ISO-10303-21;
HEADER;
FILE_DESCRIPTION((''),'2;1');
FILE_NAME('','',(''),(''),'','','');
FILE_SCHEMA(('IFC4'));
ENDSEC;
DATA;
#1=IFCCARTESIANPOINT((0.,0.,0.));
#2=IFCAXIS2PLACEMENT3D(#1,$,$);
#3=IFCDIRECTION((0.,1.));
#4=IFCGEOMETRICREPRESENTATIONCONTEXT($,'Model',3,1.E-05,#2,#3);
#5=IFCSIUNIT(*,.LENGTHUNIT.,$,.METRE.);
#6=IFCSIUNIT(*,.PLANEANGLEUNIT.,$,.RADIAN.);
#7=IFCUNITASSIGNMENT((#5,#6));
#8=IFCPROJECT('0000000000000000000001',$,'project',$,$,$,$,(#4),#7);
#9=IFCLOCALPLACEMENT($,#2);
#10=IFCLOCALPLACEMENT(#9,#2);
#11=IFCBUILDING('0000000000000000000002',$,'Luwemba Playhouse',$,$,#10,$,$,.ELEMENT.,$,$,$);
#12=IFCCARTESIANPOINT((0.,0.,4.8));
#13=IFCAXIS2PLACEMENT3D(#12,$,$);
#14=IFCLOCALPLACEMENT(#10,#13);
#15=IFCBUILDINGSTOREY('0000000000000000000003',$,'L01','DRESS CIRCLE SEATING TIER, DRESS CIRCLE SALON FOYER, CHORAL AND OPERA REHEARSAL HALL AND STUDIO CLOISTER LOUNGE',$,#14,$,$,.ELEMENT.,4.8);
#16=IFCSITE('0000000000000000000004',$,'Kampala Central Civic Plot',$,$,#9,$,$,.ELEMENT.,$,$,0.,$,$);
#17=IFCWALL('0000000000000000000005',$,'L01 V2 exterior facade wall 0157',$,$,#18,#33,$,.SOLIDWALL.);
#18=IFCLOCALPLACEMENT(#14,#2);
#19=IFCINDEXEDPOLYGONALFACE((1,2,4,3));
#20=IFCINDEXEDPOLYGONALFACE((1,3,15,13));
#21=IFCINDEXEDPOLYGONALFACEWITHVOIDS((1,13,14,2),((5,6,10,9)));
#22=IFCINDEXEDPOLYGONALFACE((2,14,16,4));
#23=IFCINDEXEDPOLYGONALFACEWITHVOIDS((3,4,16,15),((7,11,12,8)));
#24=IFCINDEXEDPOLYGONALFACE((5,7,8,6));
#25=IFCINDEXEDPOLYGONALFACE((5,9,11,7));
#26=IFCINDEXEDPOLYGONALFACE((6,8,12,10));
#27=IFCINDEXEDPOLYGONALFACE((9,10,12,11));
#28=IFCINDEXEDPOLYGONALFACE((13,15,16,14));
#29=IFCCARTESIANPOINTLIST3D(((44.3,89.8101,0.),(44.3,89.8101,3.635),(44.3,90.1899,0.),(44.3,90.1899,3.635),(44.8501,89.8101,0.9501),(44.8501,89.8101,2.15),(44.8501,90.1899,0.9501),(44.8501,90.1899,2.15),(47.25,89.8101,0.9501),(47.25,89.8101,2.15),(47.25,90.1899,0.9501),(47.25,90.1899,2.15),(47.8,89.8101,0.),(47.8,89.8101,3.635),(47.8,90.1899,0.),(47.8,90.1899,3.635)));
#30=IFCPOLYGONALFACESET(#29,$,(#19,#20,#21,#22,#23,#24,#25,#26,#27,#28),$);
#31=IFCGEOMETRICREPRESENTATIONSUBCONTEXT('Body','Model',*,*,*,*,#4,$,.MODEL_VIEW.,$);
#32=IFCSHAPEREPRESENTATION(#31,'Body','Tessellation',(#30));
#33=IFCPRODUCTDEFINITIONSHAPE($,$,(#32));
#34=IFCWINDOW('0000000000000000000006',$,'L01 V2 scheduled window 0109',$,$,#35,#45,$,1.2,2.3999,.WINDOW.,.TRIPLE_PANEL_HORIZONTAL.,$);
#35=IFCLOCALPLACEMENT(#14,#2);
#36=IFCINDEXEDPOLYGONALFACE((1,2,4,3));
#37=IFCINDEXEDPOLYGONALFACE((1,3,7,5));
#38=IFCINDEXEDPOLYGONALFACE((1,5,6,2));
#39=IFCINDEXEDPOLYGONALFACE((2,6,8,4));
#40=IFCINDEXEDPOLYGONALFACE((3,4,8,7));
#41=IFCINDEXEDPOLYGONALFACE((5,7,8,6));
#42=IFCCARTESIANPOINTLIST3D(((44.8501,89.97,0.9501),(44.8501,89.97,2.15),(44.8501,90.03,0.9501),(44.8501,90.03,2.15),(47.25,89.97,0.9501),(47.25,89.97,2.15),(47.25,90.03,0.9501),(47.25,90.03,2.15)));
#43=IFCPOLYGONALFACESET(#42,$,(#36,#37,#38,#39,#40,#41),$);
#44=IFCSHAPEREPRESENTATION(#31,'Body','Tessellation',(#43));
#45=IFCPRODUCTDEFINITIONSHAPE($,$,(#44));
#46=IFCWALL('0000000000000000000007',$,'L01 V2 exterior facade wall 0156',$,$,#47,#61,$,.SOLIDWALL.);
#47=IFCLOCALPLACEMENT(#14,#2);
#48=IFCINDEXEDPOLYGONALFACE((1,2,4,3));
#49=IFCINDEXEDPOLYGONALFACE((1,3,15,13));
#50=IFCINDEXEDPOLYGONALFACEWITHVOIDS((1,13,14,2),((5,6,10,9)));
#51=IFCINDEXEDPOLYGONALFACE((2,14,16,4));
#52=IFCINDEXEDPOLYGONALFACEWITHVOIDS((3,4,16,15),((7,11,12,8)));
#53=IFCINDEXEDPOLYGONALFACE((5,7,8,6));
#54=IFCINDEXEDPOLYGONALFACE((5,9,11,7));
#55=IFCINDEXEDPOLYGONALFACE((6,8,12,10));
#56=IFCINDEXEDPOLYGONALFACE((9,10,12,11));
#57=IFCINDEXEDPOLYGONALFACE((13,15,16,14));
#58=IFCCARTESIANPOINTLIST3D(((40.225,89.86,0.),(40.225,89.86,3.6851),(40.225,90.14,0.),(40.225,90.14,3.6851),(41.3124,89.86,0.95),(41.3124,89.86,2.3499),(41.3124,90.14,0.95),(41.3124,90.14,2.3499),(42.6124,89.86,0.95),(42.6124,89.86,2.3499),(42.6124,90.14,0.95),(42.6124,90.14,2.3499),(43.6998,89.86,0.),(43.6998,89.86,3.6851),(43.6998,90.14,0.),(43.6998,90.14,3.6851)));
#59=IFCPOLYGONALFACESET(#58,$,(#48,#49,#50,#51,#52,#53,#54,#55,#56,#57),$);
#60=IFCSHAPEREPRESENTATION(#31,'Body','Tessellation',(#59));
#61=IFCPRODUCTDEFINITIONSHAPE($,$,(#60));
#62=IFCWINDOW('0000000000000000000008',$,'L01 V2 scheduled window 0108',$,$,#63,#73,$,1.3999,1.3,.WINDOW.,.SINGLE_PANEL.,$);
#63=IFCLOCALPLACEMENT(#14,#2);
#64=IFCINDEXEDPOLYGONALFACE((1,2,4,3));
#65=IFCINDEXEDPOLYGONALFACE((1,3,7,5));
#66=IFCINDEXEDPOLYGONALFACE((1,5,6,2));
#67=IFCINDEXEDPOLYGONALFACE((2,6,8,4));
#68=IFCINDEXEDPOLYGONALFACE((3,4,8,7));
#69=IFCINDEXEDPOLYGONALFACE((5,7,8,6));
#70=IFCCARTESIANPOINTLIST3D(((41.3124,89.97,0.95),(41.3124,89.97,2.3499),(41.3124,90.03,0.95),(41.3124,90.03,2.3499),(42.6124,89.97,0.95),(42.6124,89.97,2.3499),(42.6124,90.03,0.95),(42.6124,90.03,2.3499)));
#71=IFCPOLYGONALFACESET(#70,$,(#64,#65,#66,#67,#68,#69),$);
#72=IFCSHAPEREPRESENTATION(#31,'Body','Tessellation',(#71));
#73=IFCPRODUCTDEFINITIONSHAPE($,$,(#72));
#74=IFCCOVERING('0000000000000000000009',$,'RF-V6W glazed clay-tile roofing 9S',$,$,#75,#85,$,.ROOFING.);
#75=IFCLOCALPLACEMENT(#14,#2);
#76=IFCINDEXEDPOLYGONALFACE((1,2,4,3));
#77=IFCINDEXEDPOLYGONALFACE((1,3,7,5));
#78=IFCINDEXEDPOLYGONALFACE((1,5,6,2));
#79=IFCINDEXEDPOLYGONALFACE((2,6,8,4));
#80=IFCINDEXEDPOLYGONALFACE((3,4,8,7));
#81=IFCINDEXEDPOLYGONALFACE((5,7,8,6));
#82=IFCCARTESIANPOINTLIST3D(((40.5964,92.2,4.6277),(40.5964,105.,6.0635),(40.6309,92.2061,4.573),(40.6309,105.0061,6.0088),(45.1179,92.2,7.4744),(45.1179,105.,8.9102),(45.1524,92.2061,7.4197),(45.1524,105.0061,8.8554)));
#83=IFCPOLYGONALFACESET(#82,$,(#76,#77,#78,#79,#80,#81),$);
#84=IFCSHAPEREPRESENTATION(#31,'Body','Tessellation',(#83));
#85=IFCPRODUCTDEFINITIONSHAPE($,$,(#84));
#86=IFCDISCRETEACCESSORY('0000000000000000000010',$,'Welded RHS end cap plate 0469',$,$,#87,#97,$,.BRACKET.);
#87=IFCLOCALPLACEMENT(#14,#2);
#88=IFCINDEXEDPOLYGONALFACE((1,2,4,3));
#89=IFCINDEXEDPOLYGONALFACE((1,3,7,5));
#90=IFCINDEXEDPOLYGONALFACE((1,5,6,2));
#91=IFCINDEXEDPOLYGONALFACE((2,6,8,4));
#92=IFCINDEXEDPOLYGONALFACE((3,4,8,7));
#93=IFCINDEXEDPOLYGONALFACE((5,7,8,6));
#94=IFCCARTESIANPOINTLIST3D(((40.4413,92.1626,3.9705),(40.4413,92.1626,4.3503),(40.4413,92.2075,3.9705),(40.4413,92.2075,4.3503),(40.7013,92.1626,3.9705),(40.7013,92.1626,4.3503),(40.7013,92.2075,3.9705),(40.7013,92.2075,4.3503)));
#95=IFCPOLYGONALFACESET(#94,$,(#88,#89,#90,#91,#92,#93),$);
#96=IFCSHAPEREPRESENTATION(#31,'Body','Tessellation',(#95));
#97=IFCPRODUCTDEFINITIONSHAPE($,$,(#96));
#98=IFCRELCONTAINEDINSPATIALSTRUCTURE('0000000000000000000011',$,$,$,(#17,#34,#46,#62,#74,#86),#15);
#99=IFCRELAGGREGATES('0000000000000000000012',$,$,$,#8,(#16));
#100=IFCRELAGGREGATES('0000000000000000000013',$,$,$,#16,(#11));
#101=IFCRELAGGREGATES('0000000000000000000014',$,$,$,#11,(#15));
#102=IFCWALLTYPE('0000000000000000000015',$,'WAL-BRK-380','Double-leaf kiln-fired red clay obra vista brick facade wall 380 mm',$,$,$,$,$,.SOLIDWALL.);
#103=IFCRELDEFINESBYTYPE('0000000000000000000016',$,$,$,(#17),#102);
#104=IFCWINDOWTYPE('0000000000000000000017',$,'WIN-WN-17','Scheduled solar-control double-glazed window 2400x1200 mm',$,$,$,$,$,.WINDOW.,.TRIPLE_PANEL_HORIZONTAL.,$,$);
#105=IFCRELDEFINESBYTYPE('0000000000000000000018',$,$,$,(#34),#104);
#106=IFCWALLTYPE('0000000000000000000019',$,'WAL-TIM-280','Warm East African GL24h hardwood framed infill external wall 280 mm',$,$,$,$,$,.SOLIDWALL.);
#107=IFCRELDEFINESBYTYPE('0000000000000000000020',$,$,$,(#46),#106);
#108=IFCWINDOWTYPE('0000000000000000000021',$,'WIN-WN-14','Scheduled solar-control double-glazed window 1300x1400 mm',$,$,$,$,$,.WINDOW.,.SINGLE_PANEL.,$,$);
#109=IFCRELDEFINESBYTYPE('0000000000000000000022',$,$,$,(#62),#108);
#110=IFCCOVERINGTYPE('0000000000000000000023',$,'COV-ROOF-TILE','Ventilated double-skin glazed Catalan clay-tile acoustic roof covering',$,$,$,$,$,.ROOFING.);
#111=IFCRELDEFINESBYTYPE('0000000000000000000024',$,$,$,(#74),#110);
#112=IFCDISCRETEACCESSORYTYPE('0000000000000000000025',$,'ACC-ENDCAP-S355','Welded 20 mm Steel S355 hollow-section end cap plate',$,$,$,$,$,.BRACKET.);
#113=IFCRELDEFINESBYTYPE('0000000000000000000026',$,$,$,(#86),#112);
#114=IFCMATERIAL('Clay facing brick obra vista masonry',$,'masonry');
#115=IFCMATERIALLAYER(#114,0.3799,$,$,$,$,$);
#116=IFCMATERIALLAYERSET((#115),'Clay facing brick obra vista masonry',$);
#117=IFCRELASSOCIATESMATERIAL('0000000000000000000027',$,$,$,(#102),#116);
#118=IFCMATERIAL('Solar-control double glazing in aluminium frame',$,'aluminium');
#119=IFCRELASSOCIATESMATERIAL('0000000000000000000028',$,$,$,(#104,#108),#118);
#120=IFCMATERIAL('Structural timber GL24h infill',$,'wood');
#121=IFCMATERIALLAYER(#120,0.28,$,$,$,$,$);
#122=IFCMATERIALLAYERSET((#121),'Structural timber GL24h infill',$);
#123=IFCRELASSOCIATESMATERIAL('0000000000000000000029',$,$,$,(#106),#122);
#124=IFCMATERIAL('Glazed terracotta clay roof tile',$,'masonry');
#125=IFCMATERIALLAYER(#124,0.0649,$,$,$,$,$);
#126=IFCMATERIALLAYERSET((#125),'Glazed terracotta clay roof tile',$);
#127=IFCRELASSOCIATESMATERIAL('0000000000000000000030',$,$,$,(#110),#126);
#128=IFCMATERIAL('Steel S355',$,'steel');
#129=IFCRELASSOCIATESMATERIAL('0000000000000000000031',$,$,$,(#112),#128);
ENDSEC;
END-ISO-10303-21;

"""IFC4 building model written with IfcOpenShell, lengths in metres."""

from ifc_helpers import new_model, si_unit, direction, frame, frame_2d, origin, origin_2d, place, context, subcontext, project, spatial, polyline, rectangle, outline, extrude, material, layer, layer_set, type_object, element, fill, save


model = new_model("IFC4")

# Units and contexts
model_context = context("Model", 3, precision=1e-05, world=origin(), true_north=direction((0.0, 1.0)))
body_context = subcontext(model_context, "Body", "Model", "MODEL_VIEW")
ifc_project = project(units=[si_unit("LENGTHUNIT", "METRE"), si_unit("PLANEANGLEUNIT", "RADIAN")], contexts=[model_context])

# Site, building, storey
site_placement = place(None, origin())
site = spatial("IfcSite", under=ifc_project, at=site_placement, Name="Kampala Central Civic Plot", CompositionType="ELEMENT", RefElevation=0.0)
building_placement = place(site_placement, origin())
building = spatial("IfcBuilding", under=site, at=building_placement, Name="Luwemba Playhouse", CompositionType="ELEMENT")
storey_placement = place(building_placement, frame((0.0, 0.0, 4.8)))
storey = spatial("IfcBuildingStorey", under=building, at=storey_placement, Name="L01", Description="DRESS CIRCLE SEATING TIER, DRESS CIRCLE SALON FOYER, CHORAL AND OPERA REHEARSAL HALL AND STUDIO CLOISTER LOUNGE", CompositionType="ELEMENT", Elevation=4.8)

# Shared definitions
ifc_material_1 = material(Name="Steel S355", Category="steel")

# Walls, openings, windows
ifc_material_2 = material(Name="Clay facing brick obra vista masonry", Category="masonry")
ifc_layer_1 = layer(ifc_material_2, 0.3799)
ifc_layer_set_1 = layer_set([ifc_layer_1], Name="Clay facing brick obra vista masonry")
wall_type_1 = type_object("IfcWallType", Name="WAL-BRK-380", Description="Double-leaf kiln-fired red clay obra vista brick facade wall 380 mm", PredefinedType="SOLIDWALL", material=ifc_layer_set_1)
ifc_material_3 = material(Name="Solar-control double glazing in aluminium frame", Category="aluminium")
wall_1_placement = place(storey_placement, frame((44.3, 90.0, 0.0), z_axis=(0.0, 0.0, 1.0), x_axis=(1.0, 0.0, 0.0)))
wall_1 = element("IfcWall", 1, at=wall_1_placement, inside=storey, type_object=wall_type_1, Name="L01 V2 exterior facade wall 0157", PredefinedType="SOLIDWALL", context=body_context, shape_type="SweptSolid", body=[
    extrude(rectangle(XDim=3.5, YDim=0.3799, at=frame_2d((1.75, 0.0))), origin(), (0.0, 0.0, 1.0), 3.635),
])
opening_1_placement = place(wall_1_placement, frame((0.55, 0.0, 0.95)))
opening_1 = element("IfcOpeningElement", 2, at=opening_1_placement, cuts=wall_1, PredefinedType="OPENING", context=body_context, shape_type="SweptSolid", body=[
    extrude(rectangle(XDim=2.3999, YDim=1.2, at=frame_2d((1.2, 0.6001))), frame((0.0, 0.2, 0.0), z_axis=(0.0, -1.0, 0.0), x_axis=(1.0, 0.0, 0.0)), (0.0, 0.0, 1.0), 0.3999),
])
window_type_1 = type_object("IfcWindowType", Name="WIN-WN-17", Description="Scheduled solar-control double-glazed window 2400x1200 mm", PartitioningType="TRIPLE_PANEL_HORIZONTAL", PredefinedType="WINDOW", material=ifc_material_3)
window_1_placement = place(opening_1_placement, origin())
window_1 = element("IfcWindow", 3, at=window_1_placement, inside=storey, type_object=window_type_1, Name="L01 V2 scheduled window 0109", OverallHeight=1.2, OverallWidth=2.3999, PartitioningType="TRIPLE_PANEL_HORIZONTAL", PredefinedType="WINDOW", context=body_context, shape_type="SweptSolid", body=[
    extrude(rectangle(XDim=2.3999, YDim=1.2, at=frame_2d((1.2, 0.6001))), frame((0.0, 0.03, 0.0), z_axis=(0.0, -1.0, 0.0), x_axis=(1.0, 0.0, 0.0)), (0.0, 0.0, 1.0), 0.0601),
])
fill(opening_1, window_1)
ifc_material_4 = material(Name="Structural timber GL24h infill", Category="wood")
ifc_layer_2 = layer(ifc_material_4, 0.28)
ifc_layer_set_2 = layer_set([ifc_layer_2], Name="Structural timber GL24h infill")
wall_type_2 = type_object("IfcWallType", Name="WAL-TIM-280", Description="Warm East African GL24h hardwood framed infill external wall 280 mm", PredefinedType="SOLIDWALL", material=ifc_layer_set_2)
wall_2_placement = place(storey_placement, frame((40.2251, 90.0, 0.0), z_axis=(0.0, 0.0, 1.0), x_axis=(1.0, 0.0, 0.0)))
wall_2 = element("IfcWall", 4, at=wall_2_placement, inside=storey, type_object=wall_type_2, Name="L01 V2 exterior facade wall 0156", PredefinedType="SOLIDWALL", context=body_context, shape_type="SweptSolid", body=[
    extrude(rectangle(XDim=3.4749, YDim=0.28, at=frame_2d((1.7373, 0.0))), origin(), (0.0, 0.0, 1.0), 3.6851),
])
opening_2_placement = place(wall_2_placement, frame((1.0874, 0.0, 0.95)))
opening_2 = element("IfcOpeningElement", 5, at=opening_2_placement, cuts=wall_2, PredefinedType="OPENING", context=body_context, shape_type="SweptSolid", body=[
    extrude(rectangle(XDim=1.3, YDim=1.3999, at=frame_2d((0.6499, 0.7))), frame((0.0, 0.1499, 0.0), z_axis=(0.0, -1.0, 0.0), x_axis=(1.0, 0.0, 0.0)), (0.0, 0.0, 1.0), 0.3),
])
window_type_2 = type_object("IfcWindowType", Name="WIN-WN-14", Description="Scheduled solar-control double-glazed window 1300x1400 mm", PartitioningType="SINGLE_PANEL", PredefinedType="WINDOW", material=ifc_material_3)
window_2_placement = place(opening_2_placement, origin())
window_2 = element("IfcWindow", 6, at=window_2_placement, inside=storey, type_object=window_type_2, Name="L01 V2 scheduled window 0108", OverallHeight=1.3999, OverallWidth=1.3, PartitioningType="SINGLE_PANEL", PredefinedType="WINDOW", context=body_context, shape_type="SweptSolid", body=[
    extrude(rectangle(XDim=1.3, YDim=1.3999, at=frame_2d((0.6499, 0.7))), frame((0.0, 0.03, 0.0), z_axis=(0.0, -1.0, 0.0), x_axis=(1.0, 0.0, 0.0)), (0.0, 0.0, 1.0), 0.0601),
])
fill(opening_2, window_2)

# Covering
ifc_material_5 = material(Name="Glazed terracotta clay roof tile", Category="masonry")
ifc_layer_3 = layer(ifc_material_5, 0.0649)
ifc_layer_set_3 = layer_set([ifc_layer_3], Name="Glazed terracotta clay roof tile")
covering_type = type_object("IfcCoveringType", Name="COV-ROOF-TILE", Description="Ventilated double-skin glazed Catalan clay-tile acoustic roof covering", PredefinedType="ROOFING", material=ifc_layer_set_3)
covering_placement = place(storey_placement, frame((40.5964, 92.2, 4.6277), z_axis=(-0.530405, -0.094499, 0.842461), x_axis=(0.846248, 0.0, 0.532789)))
element("IfcCovering", 7, at=covering_placement, inside=storey, type_object=covering_type, Name="RF-V6W glazed clay-tile roofing 9S", PredefinedType="ROOFING", context=body_context, shape_type="SweptSolid", body=[
    extrude(outline(polyline([(0.0, 0.0), (5.343, 0.0), (6.108, 12.8576), (0.765, 12.8576), (0.0, 0.0)])), origin(), (0.0, 0.0, -1.0), 0.0649),
])

# Discrete accessory
discrete_accessory_type = type_object("IfcDiscreteAccessoryType", Name="ACC-ENDCAP-S355", Description="Welded 20 mm Steel S355 hollow-section end cap plate", PredefinedType="BRACKET", material=ifc_material_1)
discrete_accessory_placement = place(storey_placement, frame((40.5713, 92.1851, 3.9705), z_axis=(0.0, 0.0, 1.0), x_axis=(1.0, 0.0, 0.0)))
element("IfcDiscreteAccessory", 8, at=discrete_accessory_placement, inside=storey, type_object=discrete_accessory_type, Name="Welded RHS end cap plate 0469", PredefinedType="BRACKET", context=body_context, shape_type="SweptSolid", body=[
    extrude(rectangle(XDim=0.26, YDim=0.0449, at=origin_2d()), origin(), (0.0, 0.0, 1.0), 0.3799),
])

save(model, "model.ifc")
